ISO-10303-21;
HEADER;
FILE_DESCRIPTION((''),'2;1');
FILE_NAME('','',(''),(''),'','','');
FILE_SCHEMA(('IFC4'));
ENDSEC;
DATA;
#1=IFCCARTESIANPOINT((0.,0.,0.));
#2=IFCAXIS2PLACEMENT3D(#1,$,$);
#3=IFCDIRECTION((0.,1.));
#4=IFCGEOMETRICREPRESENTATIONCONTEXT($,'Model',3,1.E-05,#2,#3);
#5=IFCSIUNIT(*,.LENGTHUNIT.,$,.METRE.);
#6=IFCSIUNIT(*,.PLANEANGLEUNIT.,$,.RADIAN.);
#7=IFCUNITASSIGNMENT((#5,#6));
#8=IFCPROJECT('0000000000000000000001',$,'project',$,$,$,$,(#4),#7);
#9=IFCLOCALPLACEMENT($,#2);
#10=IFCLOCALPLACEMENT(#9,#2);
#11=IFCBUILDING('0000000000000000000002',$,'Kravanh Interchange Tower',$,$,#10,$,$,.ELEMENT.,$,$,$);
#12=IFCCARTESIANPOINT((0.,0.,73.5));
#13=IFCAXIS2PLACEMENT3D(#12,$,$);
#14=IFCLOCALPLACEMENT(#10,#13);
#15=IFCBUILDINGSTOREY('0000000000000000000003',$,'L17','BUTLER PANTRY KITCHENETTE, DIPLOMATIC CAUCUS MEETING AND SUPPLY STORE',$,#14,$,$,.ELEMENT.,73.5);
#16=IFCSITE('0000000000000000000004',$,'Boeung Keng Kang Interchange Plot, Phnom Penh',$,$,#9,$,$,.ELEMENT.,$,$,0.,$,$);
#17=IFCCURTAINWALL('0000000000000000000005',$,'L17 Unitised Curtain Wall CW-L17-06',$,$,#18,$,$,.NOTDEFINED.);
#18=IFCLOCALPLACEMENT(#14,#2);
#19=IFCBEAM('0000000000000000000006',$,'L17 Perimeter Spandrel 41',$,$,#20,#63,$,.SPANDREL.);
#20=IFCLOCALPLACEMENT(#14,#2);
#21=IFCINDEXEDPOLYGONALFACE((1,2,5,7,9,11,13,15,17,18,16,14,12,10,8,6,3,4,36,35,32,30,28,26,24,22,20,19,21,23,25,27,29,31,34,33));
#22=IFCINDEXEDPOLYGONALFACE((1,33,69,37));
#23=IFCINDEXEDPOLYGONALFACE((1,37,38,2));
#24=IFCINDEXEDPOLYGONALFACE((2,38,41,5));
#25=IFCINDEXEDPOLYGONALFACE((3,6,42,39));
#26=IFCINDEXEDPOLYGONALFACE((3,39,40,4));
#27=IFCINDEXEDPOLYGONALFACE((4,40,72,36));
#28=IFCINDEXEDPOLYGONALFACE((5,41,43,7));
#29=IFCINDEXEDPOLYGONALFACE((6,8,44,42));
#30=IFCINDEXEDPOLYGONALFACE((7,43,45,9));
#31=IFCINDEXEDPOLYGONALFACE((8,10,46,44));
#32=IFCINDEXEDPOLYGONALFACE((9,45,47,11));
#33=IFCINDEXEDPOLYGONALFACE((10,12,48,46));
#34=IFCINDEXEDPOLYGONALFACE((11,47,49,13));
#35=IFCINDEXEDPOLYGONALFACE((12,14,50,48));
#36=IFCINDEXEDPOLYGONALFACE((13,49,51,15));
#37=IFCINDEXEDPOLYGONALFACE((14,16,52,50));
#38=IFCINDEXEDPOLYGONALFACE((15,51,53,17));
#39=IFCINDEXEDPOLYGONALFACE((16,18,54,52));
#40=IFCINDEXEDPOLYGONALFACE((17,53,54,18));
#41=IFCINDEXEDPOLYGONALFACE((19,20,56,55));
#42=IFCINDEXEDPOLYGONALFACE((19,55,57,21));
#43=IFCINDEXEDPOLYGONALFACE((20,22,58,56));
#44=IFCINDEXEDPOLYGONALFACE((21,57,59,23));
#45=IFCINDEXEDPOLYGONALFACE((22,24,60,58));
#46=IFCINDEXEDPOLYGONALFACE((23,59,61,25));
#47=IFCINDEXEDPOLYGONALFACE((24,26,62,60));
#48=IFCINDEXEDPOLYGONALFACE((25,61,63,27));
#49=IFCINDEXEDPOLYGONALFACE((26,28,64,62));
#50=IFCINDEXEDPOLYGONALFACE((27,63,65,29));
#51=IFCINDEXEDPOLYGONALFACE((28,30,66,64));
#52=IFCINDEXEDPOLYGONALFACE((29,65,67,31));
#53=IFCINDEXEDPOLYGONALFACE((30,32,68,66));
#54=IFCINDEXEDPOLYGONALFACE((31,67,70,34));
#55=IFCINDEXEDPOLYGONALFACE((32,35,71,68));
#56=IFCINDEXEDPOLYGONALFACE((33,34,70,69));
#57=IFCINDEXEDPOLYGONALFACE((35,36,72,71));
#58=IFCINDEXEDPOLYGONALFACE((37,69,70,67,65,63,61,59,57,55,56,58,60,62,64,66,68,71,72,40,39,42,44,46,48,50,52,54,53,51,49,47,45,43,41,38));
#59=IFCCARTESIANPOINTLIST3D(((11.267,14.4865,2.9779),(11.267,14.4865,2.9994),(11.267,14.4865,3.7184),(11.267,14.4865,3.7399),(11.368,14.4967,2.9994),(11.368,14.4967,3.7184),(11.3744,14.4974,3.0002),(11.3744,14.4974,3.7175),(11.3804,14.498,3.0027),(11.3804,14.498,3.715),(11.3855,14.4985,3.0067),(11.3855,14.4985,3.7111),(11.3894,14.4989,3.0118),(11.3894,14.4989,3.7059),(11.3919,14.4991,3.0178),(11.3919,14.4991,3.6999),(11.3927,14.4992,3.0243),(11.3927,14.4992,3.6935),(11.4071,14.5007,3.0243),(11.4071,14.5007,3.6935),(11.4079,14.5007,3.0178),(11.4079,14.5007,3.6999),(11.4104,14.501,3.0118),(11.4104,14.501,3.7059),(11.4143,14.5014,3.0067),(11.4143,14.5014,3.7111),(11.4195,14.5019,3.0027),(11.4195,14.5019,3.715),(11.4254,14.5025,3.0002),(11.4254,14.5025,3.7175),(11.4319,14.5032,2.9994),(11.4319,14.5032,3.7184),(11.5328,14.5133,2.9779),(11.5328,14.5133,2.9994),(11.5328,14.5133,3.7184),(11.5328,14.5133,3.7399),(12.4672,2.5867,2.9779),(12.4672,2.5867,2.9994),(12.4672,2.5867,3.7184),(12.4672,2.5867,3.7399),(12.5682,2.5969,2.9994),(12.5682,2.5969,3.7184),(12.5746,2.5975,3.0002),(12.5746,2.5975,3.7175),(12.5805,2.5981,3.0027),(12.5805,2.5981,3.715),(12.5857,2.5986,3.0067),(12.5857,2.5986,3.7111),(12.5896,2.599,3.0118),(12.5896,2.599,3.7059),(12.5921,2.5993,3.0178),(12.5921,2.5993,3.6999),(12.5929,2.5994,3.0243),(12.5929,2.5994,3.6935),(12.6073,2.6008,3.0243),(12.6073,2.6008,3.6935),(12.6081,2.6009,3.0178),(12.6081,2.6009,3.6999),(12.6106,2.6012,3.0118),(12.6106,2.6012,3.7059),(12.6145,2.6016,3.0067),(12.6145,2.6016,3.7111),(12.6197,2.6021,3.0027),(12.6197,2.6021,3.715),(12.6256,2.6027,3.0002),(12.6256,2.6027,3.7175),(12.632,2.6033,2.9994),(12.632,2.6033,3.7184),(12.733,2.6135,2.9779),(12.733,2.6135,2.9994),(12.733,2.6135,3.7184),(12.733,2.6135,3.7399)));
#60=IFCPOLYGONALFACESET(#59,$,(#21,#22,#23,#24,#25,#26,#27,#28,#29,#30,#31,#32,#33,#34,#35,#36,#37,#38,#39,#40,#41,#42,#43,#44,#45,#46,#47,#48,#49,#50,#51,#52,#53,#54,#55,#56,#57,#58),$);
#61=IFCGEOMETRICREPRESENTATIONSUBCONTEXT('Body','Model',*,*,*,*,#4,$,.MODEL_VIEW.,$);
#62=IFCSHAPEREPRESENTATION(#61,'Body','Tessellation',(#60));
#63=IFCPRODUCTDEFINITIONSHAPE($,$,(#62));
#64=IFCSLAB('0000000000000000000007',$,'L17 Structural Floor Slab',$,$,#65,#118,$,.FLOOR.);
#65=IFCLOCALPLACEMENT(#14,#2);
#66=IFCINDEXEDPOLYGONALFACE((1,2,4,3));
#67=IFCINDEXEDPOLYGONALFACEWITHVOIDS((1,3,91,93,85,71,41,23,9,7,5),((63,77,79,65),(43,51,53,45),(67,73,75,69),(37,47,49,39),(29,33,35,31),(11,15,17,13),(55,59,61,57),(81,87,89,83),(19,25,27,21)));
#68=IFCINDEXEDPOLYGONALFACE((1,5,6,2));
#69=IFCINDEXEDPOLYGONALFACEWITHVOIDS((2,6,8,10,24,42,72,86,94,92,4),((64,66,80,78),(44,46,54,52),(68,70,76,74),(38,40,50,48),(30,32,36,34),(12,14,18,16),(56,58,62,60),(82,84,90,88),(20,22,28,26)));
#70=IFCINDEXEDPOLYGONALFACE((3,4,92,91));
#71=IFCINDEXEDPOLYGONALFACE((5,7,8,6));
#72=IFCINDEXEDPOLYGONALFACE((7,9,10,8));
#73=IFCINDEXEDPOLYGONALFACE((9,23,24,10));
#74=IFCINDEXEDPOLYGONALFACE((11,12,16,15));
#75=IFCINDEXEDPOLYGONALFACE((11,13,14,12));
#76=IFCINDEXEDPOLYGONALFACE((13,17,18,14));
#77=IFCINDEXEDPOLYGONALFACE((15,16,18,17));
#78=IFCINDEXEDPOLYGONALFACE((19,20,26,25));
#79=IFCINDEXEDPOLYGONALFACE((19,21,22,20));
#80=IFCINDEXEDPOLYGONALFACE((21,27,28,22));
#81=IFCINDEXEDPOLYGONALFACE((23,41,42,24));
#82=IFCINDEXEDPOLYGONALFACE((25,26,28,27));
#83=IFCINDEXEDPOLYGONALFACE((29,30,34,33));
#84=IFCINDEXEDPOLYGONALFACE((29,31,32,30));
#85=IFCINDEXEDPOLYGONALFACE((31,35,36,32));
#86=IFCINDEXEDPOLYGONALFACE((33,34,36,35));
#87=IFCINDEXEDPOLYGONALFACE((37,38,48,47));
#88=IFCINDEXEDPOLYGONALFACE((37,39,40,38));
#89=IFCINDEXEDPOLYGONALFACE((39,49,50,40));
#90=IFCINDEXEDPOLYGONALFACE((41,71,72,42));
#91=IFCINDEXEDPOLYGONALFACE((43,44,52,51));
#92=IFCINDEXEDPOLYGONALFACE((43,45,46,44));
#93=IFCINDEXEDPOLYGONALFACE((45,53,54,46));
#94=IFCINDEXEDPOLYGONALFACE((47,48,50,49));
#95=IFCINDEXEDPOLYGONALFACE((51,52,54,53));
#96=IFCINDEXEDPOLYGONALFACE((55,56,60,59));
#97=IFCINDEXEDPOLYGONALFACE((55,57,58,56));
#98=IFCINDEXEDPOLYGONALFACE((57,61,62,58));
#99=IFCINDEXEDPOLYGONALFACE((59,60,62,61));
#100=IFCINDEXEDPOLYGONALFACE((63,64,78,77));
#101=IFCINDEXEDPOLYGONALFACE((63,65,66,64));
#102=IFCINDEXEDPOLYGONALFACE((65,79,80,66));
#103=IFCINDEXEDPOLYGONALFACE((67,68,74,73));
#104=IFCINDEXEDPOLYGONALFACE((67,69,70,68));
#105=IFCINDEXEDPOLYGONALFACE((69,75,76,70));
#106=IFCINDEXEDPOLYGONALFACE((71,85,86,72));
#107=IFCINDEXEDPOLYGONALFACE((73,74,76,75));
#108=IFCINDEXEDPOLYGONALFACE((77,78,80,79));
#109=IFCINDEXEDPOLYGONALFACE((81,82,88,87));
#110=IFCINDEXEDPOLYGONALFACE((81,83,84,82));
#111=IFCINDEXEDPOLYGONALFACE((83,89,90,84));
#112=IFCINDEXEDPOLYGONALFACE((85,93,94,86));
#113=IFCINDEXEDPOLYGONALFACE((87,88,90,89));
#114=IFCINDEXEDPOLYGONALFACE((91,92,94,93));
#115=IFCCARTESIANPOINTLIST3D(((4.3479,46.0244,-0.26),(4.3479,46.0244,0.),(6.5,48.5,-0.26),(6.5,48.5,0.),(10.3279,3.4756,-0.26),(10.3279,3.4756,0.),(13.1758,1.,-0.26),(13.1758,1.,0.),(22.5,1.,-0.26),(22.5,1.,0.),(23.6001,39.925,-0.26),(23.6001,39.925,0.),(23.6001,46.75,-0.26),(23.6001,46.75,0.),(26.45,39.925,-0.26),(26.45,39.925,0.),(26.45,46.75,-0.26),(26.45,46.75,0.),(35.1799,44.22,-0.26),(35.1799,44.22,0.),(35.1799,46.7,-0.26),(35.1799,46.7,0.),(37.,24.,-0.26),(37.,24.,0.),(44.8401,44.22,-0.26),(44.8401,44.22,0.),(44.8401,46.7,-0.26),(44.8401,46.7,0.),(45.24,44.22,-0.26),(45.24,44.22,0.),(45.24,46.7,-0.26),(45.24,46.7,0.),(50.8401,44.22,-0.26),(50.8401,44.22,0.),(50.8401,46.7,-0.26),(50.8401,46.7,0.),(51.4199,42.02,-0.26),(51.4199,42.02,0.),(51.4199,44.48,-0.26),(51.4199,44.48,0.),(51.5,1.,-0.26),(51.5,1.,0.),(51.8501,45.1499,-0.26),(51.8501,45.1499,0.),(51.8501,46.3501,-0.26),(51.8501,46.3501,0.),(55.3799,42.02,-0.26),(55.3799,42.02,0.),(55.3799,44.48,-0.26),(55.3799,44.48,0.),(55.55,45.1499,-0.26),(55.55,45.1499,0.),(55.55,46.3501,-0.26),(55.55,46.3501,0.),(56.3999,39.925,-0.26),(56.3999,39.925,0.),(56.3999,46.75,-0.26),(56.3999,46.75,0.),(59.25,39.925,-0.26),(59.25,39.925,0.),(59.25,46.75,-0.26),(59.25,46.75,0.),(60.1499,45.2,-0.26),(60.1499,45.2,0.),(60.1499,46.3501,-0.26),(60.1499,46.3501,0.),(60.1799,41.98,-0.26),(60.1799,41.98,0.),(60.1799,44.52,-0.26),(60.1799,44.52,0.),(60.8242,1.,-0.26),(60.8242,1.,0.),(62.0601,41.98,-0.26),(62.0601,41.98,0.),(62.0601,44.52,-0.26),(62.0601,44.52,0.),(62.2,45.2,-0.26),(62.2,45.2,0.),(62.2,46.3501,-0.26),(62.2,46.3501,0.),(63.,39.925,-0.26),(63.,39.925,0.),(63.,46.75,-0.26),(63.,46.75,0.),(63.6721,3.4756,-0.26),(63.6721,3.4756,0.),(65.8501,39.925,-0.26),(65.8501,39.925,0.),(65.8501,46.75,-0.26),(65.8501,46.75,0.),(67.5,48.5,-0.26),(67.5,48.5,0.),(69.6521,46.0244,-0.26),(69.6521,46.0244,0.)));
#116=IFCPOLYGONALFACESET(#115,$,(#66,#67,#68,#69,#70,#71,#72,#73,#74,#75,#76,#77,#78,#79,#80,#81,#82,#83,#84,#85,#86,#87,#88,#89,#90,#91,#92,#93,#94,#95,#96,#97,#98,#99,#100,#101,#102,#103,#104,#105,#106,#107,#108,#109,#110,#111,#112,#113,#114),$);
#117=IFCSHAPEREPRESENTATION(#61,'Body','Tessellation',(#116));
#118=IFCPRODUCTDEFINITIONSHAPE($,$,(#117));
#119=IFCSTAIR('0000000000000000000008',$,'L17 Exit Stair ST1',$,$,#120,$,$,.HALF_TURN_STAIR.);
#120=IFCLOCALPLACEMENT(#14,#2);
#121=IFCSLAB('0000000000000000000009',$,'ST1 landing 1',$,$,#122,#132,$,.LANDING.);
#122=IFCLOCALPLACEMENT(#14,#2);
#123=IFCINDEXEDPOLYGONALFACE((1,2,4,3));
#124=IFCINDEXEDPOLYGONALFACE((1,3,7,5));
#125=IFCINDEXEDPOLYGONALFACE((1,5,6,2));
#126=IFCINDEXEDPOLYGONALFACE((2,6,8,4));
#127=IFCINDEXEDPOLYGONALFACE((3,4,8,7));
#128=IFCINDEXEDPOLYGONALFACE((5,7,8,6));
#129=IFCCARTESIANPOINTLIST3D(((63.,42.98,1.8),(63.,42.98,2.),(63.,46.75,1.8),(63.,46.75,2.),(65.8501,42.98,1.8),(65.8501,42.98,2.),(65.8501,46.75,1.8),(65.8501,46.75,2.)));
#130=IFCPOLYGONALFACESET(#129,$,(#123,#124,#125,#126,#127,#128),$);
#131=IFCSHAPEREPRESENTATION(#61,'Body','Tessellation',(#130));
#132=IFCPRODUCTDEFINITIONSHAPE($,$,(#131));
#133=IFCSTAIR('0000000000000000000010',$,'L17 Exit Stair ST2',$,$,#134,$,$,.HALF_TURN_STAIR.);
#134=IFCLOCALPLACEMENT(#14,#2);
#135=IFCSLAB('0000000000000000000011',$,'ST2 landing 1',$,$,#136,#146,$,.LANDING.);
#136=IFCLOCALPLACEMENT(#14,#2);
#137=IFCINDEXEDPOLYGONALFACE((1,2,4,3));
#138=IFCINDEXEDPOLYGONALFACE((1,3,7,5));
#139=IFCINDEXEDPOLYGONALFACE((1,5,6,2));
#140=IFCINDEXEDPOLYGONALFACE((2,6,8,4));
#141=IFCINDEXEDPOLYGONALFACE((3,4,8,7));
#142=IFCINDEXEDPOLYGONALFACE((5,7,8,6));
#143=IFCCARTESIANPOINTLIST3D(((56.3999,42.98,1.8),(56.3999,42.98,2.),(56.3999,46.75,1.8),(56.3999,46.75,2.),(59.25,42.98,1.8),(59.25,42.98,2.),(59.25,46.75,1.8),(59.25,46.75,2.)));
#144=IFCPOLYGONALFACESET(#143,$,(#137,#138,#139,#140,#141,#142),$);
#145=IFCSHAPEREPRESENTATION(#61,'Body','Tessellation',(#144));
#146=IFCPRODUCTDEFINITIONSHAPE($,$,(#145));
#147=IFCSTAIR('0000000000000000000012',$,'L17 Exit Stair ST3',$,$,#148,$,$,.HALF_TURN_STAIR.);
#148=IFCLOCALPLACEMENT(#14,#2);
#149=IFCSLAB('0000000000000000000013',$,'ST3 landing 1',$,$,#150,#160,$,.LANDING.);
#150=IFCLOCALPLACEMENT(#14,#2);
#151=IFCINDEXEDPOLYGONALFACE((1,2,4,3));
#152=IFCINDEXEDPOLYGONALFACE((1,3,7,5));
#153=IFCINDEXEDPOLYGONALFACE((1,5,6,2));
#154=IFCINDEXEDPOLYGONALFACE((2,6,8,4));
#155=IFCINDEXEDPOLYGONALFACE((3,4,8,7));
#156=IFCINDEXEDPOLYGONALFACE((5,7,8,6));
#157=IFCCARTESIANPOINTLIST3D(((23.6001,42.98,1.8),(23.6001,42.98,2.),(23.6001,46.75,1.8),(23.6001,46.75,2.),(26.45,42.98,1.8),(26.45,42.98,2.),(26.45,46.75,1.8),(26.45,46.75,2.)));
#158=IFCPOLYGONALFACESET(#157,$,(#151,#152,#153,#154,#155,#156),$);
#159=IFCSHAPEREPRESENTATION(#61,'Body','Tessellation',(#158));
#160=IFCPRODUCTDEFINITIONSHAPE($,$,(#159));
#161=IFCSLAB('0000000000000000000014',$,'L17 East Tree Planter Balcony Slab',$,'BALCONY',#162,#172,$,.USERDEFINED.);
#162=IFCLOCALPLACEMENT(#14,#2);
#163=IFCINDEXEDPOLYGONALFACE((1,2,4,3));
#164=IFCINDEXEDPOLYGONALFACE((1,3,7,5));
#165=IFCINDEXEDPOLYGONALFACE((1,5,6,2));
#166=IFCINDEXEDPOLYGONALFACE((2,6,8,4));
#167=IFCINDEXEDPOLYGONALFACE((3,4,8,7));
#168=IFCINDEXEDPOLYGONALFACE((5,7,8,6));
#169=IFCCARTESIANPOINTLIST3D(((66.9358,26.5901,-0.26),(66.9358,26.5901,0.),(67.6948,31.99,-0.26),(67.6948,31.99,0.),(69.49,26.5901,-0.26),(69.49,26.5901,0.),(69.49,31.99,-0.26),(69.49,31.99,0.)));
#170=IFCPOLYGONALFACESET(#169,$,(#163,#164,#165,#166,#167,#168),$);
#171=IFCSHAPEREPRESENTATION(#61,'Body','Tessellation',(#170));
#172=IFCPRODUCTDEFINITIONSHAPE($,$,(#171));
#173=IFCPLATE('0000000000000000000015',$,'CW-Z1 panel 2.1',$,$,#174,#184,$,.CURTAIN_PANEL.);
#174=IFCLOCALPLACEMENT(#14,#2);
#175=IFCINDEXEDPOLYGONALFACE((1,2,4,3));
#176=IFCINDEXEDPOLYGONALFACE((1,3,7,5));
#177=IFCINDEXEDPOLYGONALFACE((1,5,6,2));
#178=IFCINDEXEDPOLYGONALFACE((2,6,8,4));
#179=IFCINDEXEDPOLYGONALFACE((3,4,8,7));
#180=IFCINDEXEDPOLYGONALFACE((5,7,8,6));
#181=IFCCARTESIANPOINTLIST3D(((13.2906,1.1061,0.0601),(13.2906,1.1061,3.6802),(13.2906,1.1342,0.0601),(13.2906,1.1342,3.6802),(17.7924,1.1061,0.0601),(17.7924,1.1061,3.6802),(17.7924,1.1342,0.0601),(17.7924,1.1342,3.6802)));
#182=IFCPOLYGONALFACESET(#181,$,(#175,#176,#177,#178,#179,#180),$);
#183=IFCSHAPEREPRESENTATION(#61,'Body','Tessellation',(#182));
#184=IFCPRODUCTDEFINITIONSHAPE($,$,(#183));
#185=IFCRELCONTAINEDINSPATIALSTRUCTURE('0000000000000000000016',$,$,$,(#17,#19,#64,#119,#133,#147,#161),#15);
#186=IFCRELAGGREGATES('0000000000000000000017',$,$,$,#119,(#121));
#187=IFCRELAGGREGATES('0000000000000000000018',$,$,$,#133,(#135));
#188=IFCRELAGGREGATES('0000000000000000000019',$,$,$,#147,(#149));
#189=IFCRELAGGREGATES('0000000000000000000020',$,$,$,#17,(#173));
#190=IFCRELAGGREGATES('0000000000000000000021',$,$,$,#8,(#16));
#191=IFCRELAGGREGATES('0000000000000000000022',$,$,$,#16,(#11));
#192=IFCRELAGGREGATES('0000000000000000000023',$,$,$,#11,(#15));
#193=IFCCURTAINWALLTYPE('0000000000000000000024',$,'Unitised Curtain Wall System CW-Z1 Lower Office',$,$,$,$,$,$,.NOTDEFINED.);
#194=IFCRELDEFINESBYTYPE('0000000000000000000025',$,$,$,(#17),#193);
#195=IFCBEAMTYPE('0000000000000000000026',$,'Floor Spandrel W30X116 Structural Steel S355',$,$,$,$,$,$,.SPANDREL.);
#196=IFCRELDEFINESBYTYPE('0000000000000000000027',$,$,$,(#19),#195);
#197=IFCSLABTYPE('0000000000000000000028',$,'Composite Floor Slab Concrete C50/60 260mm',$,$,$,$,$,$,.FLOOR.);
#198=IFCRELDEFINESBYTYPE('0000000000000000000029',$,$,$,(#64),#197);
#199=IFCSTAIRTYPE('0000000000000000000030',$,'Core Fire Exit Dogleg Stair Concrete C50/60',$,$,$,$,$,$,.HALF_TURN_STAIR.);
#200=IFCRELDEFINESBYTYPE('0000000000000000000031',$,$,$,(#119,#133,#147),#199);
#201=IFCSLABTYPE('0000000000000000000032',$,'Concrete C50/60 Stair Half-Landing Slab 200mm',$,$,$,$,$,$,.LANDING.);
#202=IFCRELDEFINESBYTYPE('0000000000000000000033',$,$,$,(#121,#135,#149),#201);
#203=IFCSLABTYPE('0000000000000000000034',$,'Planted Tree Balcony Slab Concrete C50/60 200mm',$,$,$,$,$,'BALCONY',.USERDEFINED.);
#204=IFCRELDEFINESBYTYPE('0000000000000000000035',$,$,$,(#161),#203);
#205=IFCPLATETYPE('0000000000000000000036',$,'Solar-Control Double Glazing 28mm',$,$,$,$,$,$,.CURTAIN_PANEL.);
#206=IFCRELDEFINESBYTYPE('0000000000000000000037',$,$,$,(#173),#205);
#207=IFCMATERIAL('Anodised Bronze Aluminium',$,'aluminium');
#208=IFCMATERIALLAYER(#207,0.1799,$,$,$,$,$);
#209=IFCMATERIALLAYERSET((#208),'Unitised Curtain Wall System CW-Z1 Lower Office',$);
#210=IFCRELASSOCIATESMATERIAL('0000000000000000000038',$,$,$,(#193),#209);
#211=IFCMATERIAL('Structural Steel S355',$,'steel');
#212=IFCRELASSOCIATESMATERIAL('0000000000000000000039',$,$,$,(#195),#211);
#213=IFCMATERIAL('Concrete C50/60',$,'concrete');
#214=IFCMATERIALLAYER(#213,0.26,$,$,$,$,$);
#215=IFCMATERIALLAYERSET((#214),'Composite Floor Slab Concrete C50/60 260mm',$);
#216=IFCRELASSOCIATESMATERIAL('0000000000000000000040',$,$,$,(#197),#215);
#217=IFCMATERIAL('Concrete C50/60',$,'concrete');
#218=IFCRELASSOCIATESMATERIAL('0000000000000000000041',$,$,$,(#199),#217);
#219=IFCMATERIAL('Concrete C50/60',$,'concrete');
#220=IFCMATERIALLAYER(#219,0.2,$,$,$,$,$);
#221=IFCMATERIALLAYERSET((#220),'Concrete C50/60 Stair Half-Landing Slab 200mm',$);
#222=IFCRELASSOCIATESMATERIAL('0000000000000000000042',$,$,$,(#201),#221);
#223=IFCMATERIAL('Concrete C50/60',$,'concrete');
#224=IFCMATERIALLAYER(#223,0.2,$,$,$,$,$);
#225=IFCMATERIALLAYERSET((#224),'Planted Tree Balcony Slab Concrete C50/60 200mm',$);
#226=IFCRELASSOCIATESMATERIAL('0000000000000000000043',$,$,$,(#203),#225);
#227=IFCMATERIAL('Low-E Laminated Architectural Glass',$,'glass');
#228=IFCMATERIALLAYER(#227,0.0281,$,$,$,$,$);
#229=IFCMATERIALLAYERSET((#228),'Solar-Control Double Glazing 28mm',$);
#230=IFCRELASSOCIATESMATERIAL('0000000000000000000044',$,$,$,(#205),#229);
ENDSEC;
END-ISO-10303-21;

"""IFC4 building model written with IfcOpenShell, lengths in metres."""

from ifc_helpers import new_model, si_unit, direction, frame, origin, origin_2d, place, context, subcontext, project, spatial, polyline, rectangle, i_section, outline, extrude, material, layer, layer_set, material_profile, profile_set, type_object, element, aggregate, save


model = new_model("IFC4")

# Units and contexts
model_context = context("Model", 3, precision=1e-05, world=origin(), true_north=direction((0.0, 1.0)))
body_context = subcontext(model_context, "Body", "Model", "MODEL_VIEW")
ifc_project = project(units=[si_unit("LENGTHUNIT", "METRE"), si_unit("PLANEANGLEUNIT", "RADIAN")], contexts=[model_context])

# Site, building, storey
site_placement = place(None, origin())
site = spatial("IfcSite", under=ifc_project, at=site_placement, Name="Boeung Keng Kang Interchange Plot, Phnom Penh", CompositionType="ELEMENT", RefElevation=0.0)
building_placement = place(site_placement, origin())
building = spatial("IfcBuilding", under=site, at=building_placement, Name="Kravanh Interchange Tower", CompositionType="ELEMENT")
storey_placement = place(building_placement, frame((0.0, 0.0, 73.5)))
storey = spatial("IfcBuildingStorey", under=building, at=storey_placement, Name="L17", Description="BUTLER PANTRY KITCHENETTE, DIPLOMATIC CAUCUS MEETING AND SUPPLY STORE", CompositionType="ELEMENT", Elevation=73.5)

# Curtain wall
ifc_material_1 = material(Name="Anodised Bronze Aluminium", Category="aluminium")
ifc_layer_1 = layer(ifc_material_1, 0.1799)
ifc_layer_set_1 = layer_set([ifc_layer_1], Name="Unitised Curtain Wall System CW-Z1 Lower Office")
curtain_wall_type = type_object("IfcCurtainWallType", Name="Unitised Curtain Wall System CW-Z1 Lower Office", PredefinedType="NOTDEFINED", material=ifc_layer_set_1)
curtain_wall_1_placement = place(storey_placement, origin())
curtain_wall_1 = element("IfcCurtainWall", 1, at=curtain_wall_1_placement, inside=storey, type_object=curtain_wall_type, Name="L17 Unitised Curtain Wall CW-L17-06", PredefinedType="NOTDEFINED")

# Beam
ifc_material_2 = material(Name="Structural Steel S355", Category="steel")
ifc_material_profile_1 = material_profile(ifc_material_2, i_section(OverallWidth=0.2671, OverallDepth=0.762, WebThickness=0.0144, FlangeThickness=0.0215, FilletRadius=0.0249, at=origin_2d()), Name="W30X116")
ifc_profile_set_1 = profile_set([ifc_material_profile_1], Name="Structural Steel S355")
beam_type_1 = type_object("IfcBeamType", Name="Floor Spandrel W30X116 Structural Steel S355", PredefinedType="SPANDREL", material=ifc_profile_set_1)
beam_1_placement = place(storey_placement, frame((12.6001, 2.6001, 3.3589), z_axis=(-0.100348, 0.994952, 0.0), x_axis=(-0.994952, -0.100348, 0.0)))
element("IfcBeam", 2, at=beam_1_placement, inside=storey, type_object=beam_type_1, Name="L17 Perimeter Spandrel 41", PredefinedType="SPANDREL", context=body_context, shape_type="SweptSolid", body=[
    extrude(i_section(OverallWidth=0.2671, OverallDepth=0.762, WebThickness=0.0144, FlangeThickness=0.0215, FilletRadius=0.0249, at=origin_2d()), origin(), (0.0, 0.0, 1.0), 11.9602),
])

# Slab
ifc_material_3 = material(Name="Concrete C50/60", Category="concrete")
ifc_layer_2 = layer(ifc_material_3, 0.26)
ifc_layer_set_2 = layer_set([ifc_layer_2], Name="Composite Floor Slab Concrete C50/60 260mm")
slab_type_1 = type_object("IfcSlabType", Name="Composite Floor Slab Concrete C50/60 260mm", PredefinedType="FLOOR", material=ifc_layer_set_2)
slab_1_placement = place(storey_placement, frame((0.0, 0.0, -0.26)))
element("IfcSlab", 3, at=slab_1_placement, inside=storey, type_object=slab_type_1, Name="L17 Structural Floor Slab", PredefinedType="FLOOR", context=body_context, shape_type="SweptSolid", body=[
    extrude(outline(polyline([(10.3279, 3.4756), (13.1758, 1.0), (22.5, 1.0), (37.0, 24.0), (51.5, 1.0), (60.8242, 1.0), (63.6721, 3.4756), (69.6521, 46.0244), (67.5, 48.5), (6.5, 48.5), (4.3479, 46.0244), (10.3279, 3.4756)]), holes=[polyline([(65.8501, 39.925), (65.8501, 46.75), (63.0, 46.75), (63.0, 39.925), (65.8501, 39.925)]), polyline([(59.25, 39.925), (59.25, 46.75), (56.3999, 46.75), (56.3999, 39.925), (59.25, 39.925)]), polyline([(26.45, 39.925), (26.45, 46.75), (23.6001, 46.75), (23.6001, 39.925), (26.45, 39.925)]), polyline([(35.1799, 44.22), (44.8401, 44.22), (44.8401, 46.7), (35.1799, 46.7), (35.1799, 44.22)]), polyline([(45.24, 44.22), (50.8401, 44.22), (50.8401, 46.7), (45.24, 46.7), (45.24, 44.22)]), polyline([(51.4199, 42.02), (55.3799, 42.02), (55.3799, 44.48), (51.4199, 44.48), (51.4199, 42.02)]), polyline([(60.1799, 41.98), (62.0601, 41.98), (62.0601, 44.52), (60.1799, 44.52), (60.1799, 41.98)]), polyline([(60.1499, 45.2), (62.2, 45.2), (62.2, 46.3501), (60.1499, 46.3501), (60.1499, 45.2)]), polyline([(51.8501, 45.1499), (55.55, 45.1499), (55.55, 46.3501), (51.8501, 46.3501), (51.8501, 45.1499)])]), origin(), (0.0, 0.0, 1.0), 0.26),
])

# Stairs, slabs
ifc_material_4 = material(Name="Concrete C50/60", Category="concrete")
stair_type = type_object("IfcStairType", Name="Core Fire Exit Dogleg Stair Concrete C50/60", PredefinedType="HALF_TURN_STAIR", material=ifc_material_4)
stair_1_placement = place(storey_placement, origin())
stair_1 = element("IfcStair", 4, at=stair_1_placement, inside=storey, type_object=stair_type, Name="L17 Exit Stair ST1", PredefinedType="HALF_TURN_STAIR")
ifc_material_5 = material(Name="Concrete C50/60", Category="concrete")
ifc_layer_3 = layer(ifc_material_5, 0.2)
ifc_layer_set_3 = layer_set([ifc_layer_3], Name="Concrete C50/60 Stair Half-Landing Slab 200mm")
slab_type_2 = type_object("IfcSlabType", Name="Concrete C50/60 Stair Half-Landing Slab 200mm", PredefinedType="LANDING", material=ifc_layer_set_3)
slab_2_placement = place(storey_placement, frame((0.0, 0.0, 1.8)))
slab_2 = element("IfcSlab", 5, at=slab_2_placement, type_object=slab_type_2, Name="ST1 landing 1", PredefinedType="LANDING", context=body_context, shape_type="SweptSolid", body=[
    extrude(outline(polyline([(65.8501, 42.98), (65.8501, 46.75), (63.0, 46.75), (63.0, 42.98), (65.8501, 42.98)])), origin(), (0.0, 0.0, 1.0), 0.2),
])
aggregate(stair_1, [slab_2])
stair_2_placement = place(storey_placement, origin())
stair_2 = element("IfcStair", 6, at=stair_2_placement, inside=storey, type_object=stair_type, Name="L17 Exit Stair ST2", PredefinedType="HALF_TURN_STAIR")
slab_3_placement = place(storey_placement, frame((0.0, 0.0, 1.8)))
slab_3 = element("IfcSlab", 7, at=slab_3_placement, type_object=slab_type_2, Name="ST2 landing 1", PredefinedType="LANDING", context=body_context, shape_type="SweptSolid", body=[
    extrude(outline(polyline([(59.25, 42.98), (59.25, 46.75), (56.3999, 46.75), (56.3999, 42.98), (59.25, 42.98)])), origin(), (0.0, 0.0, 1.0), 0.2),
])
aggregate(stair_2, [slab_3])
stair_3_placement = place(storey_placement, origin())
stair_3 = element("IfcStair", 8, at=stair_3_placement, inside=storey, type_object=stair_type, Name="L17 Exit Stair ST3", PredefinedType="HALF_TURN_STAIR")
slab_4_placement = place(storey_placement, frame((0.0, 0.0, 1.8)))
slab_4 = element("IfcSlab", 9, at=slab_4_placement, type_object=slab_type_2, Name="ST3 landing 1", PredefinedType="LANDING", context=body_context, shape_type="SweptSolid", body=[
    extrude(outline(polyline([(26.45, 42.98), (26.45, 46.75), (23.6001, 46.75), (23.6001, 42.98), (26.45, 42.98)])), origin(), (0.0, 0.0, 1.0), 0.2),
])
aggregate(stair_3, [slab_4])

# Slab
ifc_material_6 = material(Name="Concrete C50/60", Category="concrete")
ifc_layer_4 = layer(ifc_material_6, 0.2)
ifc_layer_set_4 = layer_set([ifc_layer_4], Name="Planted Tree Balcony Slab Concrete C50/60 200mm")
slab_type_3 = type_object("IfcSlabType", Name="Planted Tree Balcony Slab Concrete C50/60 200mm", ElementType="BALCONY", PredefinedType="USERDEFINED", material=ifc_layer_set_4)
slab_5_placement = place(storey_placement, frame((0.0, 0.0, -0.26)))
element("IfcSlab", 10, at=slab_5_placement, inside=storey, type_object=slab_type_3, Name="L17 East Tree Planter Balcony Slab", ObjectType="BALCONY", PredefinedType="USERDEFINED", context=body_context, shape_type="SweptSolid", body=[
    extrude(outline(polyline([(69.49, 31.99), (69.49, 26.5901), (66.9358, 26.5901), (67.6948, 31.99), (69.49, 31.99)])), origin(), (0.0, 0.0, 1.0), 0.26),
])

# Plate
ifc_material_7 = material(Name="Low-E Laminated Architectural Glass", Category="glass")
ifc_layer_5 = layer(ifc_material_7, 0.0281)
ifc_layer_set_5 = layer_set([ifc_layer_5], Name="Solar-Control Double Glazing 28mm")
plate_type = type_object("IfcPlateType", Name="Solar-Control Double Glazing 28mm", PredefinedType="CURTAIN_PANEL", material=ifc_layer_set_5)
plate_1_placement = place(storey_placement, frame((15.5415, 1.1201, 0.0601), z_axis=(0.0, 0.0, 1.0), x_axis=(-1.0, 0.0, 0.0)))
plate_1 = element("IfcPlate", 11, at=plate_1_placement, type_object=plate_type, Name="CW-Z1 panel 2.1", PredefinedType="CURTAIN_PANEL", context=body_context, shape_type="SweptSolid", body=[
    extrude(rectangle(XDim=4.5017, YDim=0.0281, at=origin_2d()), origin(), (0.0, 0.0, 1.0), 3.6201),
])
aggregate(curtain_wall_1, [plate_1])

save(model, "model.ifc")
